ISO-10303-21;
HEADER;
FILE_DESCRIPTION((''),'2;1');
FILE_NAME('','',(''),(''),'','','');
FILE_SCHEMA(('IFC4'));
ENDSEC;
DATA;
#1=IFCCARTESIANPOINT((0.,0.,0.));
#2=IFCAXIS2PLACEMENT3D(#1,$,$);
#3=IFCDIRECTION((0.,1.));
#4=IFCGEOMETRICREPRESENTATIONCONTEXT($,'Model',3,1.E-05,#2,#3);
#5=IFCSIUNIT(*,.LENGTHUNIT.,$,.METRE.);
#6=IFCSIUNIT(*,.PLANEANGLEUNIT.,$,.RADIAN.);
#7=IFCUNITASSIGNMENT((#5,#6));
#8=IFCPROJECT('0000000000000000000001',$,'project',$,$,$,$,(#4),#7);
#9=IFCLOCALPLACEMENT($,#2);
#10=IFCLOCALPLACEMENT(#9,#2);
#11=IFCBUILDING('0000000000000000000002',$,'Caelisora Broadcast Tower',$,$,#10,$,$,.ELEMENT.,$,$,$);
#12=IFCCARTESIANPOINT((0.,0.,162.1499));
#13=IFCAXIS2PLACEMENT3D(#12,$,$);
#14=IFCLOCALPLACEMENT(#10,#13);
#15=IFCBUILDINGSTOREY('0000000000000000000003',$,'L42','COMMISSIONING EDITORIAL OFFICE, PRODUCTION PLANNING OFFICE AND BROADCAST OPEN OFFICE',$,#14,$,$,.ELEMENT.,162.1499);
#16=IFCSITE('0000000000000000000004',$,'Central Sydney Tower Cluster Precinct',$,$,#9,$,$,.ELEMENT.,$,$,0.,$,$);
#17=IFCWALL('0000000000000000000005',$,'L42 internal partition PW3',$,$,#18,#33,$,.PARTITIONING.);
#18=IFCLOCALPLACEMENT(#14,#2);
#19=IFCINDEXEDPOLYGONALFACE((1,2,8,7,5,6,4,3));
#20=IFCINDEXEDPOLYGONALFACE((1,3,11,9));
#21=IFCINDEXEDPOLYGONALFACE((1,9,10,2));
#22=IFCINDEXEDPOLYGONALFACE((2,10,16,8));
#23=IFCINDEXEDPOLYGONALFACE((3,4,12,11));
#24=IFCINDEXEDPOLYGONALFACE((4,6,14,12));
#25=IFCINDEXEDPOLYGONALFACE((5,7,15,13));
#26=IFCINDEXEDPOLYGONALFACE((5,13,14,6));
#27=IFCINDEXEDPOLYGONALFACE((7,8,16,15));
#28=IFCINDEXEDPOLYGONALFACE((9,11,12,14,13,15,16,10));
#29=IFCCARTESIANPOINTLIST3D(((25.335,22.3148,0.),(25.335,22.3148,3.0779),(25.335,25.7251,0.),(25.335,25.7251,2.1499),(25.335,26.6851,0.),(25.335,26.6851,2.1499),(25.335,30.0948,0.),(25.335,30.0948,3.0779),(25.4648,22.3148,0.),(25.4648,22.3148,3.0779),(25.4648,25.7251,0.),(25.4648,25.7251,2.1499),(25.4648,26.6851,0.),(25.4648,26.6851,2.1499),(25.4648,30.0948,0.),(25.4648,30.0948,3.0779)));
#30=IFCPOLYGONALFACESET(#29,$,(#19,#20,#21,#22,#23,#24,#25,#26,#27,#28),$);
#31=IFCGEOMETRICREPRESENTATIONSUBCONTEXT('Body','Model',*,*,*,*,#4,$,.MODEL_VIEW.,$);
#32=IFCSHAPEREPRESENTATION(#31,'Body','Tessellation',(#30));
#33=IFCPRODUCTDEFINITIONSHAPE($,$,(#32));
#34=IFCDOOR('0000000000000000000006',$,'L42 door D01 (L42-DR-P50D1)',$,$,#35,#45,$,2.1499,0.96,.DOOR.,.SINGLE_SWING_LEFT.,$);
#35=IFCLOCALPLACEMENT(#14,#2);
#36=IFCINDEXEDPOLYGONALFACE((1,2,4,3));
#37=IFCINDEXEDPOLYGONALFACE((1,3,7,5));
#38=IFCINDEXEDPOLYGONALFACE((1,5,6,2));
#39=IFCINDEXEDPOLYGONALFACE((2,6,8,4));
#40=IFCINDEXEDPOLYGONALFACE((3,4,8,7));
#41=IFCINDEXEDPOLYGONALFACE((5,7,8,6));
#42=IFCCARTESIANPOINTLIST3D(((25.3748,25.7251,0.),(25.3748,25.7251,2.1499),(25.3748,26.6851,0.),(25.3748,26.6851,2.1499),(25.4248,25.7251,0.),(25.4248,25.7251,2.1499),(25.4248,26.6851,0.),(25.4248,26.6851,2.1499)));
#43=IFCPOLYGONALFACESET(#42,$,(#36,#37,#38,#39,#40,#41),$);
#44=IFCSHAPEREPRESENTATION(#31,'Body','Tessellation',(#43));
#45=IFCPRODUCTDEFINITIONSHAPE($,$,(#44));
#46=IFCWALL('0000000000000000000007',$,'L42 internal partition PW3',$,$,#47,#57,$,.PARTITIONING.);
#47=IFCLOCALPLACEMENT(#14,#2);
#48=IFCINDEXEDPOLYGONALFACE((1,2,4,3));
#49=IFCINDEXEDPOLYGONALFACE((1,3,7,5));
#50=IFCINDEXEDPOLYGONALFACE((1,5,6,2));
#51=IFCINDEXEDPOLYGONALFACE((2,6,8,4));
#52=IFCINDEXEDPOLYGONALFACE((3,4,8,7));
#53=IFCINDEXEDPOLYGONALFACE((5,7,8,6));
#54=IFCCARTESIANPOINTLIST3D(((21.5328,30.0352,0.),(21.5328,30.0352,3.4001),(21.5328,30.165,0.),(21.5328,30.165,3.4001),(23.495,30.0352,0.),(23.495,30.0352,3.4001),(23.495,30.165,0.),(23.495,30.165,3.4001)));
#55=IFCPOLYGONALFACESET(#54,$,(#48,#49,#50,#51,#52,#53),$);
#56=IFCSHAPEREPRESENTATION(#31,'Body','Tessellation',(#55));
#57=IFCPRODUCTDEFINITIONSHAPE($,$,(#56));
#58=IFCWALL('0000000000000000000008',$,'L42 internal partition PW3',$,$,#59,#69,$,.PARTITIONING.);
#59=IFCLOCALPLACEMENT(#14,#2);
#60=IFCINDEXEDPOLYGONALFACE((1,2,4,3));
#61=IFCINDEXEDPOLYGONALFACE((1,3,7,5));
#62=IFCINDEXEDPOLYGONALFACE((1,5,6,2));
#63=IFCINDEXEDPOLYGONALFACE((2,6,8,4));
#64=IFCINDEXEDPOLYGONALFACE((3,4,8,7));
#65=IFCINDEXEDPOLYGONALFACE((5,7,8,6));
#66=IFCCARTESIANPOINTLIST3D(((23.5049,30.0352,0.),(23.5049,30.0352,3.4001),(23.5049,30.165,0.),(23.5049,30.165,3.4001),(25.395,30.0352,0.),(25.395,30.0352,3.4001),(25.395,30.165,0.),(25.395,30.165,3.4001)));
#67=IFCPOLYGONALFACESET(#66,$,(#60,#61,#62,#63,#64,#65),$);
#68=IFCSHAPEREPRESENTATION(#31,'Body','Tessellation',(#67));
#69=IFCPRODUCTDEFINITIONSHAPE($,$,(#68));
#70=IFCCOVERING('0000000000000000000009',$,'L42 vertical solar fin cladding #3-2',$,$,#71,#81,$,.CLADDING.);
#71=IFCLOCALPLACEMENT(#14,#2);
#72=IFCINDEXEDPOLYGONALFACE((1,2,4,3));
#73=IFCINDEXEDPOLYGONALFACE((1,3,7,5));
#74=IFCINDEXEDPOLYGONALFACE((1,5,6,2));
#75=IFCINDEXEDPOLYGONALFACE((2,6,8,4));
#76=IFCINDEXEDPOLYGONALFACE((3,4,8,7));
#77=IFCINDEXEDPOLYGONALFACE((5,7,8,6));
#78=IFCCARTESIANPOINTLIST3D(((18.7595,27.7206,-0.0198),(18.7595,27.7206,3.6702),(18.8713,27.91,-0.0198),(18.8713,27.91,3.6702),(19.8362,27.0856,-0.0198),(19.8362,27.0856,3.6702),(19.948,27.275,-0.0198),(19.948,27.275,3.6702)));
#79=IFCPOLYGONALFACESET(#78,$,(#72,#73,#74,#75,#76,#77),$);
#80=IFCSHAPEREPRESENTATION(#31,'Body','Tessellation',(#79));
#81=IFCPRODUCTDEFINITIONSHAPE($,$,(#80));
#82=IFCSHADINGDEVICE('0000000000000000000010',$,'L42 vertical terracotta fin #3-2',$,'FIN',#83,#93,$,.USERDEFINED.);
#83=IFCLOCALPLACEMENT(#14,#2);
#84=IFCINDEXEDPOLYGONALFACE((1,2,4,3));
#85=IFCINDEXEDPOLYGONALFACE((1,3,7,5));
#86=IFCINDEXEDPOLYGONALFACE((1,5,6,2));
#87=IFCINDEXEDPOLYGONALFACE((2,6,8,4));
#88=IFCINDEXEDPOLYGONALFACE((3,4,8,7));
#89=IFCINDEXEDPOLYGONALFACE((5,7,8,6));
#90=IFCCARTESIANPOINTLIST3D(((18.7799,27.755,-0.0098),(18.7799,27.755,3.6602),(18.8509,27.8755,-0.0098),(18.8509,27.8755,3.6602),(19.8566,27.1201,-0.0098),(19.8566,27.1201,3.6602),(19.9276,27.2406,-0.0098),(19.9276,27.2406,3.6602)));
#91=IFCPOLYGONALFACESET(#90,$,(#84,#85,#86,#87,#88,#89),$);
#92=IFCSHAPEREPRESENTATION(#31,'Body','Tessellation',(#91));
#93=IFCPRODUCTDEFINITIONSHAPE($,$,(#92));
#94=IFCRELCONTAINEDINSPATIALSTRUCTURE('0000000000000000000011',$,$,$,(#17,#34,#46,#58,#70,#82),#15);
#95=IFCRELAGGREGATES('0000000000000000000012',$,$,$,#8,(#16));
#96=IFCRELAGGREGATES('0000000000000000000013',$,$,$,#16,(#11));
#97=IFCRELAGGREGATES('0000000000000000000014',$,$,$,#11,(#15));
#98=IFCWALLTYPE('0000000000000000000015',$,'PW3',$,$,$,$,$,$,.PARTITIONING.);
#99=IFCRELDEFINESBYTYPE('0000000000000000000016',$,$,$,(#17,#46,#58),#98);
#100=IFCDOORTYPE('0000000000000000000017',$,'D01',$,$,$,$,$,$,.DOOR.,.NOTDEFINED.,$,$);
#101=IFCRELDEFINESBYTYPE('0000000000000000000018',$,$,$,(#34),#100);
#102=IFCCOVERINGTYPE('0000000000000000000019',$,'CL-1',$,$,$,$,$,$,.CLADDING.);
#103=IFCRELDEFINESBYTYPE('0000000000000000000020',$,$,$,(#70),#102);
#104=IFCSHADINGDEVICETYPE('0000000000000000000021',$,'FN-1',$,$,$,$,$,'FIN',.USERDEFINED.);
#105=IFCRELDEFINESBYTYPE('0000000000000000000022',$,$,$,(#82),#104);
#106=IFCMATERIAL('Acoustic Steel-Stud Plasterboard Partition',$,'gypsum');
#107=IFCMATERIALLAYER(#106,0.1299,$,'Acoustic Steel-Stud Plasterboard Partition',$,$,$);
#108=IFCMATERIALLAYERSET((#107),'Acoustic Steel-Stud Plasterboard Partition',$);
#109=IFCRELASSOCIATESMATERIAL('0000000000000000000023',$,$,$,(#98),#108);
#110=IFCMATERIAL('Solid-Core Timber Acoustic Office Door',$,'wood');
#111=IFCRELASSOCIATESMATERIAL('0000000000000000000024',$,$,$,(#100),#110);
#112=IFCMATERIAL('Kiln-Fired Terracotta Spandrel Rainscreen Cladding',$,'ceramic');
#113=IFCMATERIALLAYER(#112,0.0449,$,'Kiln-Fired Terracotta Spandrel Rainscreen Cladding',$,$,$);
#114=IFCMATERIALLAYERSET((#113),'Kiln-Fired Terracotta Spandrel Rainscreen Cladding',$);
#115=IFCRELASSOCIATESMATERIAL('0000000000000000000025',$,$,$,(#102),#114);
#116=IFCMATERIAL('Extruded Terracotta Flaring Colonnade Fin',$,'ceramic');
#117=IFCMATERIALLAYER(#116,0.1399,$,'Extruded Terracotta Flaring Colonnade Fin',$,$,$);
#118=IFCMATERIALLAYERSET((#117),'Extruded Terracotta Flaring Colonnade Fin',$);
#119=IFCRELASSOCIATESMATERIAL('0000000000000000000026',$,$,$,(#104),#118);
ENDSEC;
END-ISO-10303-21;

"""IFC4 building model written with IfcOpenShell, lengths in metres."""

from ifc_helpers import new_model, si_unit, direction, frame, frame_2d, origin, origin_2d, place, context, subcontext, project, spatial, rectangle, extrude, source, transform, mapped, material, layer, layer_set, type_object, type_shapes, element, fill, save


model = new_model("IFC4")

# Units and contexts
model_context = context("Model", 3, precision=1e-05, world=origin(), true_north=direction((0.0, 1.0)))
body_context = subcontext(model_context, "Body", "Model", "MODEL_VIEW")
ifc_project = project(units=[si_unit("LENGTHUNIT", "METRE"), si_unit("PLANEANGLEUNIT", "RADIAN")], contexts=[model_context])

# Site, building, storey
site_placement = place(None, origin())
site = spatial("IfcSite", under=ifc_project, at=site_placement, Name="Central Sydney Tower Cluster Precinct", CompositionType="ELEMENT", RefElevation=0.0)
building_placement = place(site_placement, origin())
building = spatial("IfcBuilding", under=site, at=building_placement, Name="Caelisora Broadcast Tower", CompositionType="ELEMENT")
storey_placement = place(building_placement, frame((0.0, 0.0, 162.1499)))
storey = spatial("IfcBuildingStorey", under=building, at=storey_placement, Name="L42", Description="COMMISSIONING EDITORIAL OFFICE, PRODUCTION PLANNING OFFICE AND BROADCAST OPEN OFFICE", CompositionType="ELEMENT", Elevation=162.1499)

# Wall, opening, door
ifc_material_1 = material(Name="Acoustic Steel-Stud Plasterboard Partition", Category="gypsum")
ifc_layer_1 = layer(ifc_material_1, 0.1299, Name="Acoustic Steel-Stud Plasterboard Partition")
ifc_layer_set_1 = layer_set([ifc_layer_1], Name="Acoustic Steel-Stud Plasterboard Partition")
wall_type_1 = type_object("IfcWallType", Name="PW3", PredefinedType="PARTITIONING", material=ifc_layer_set_1)
ifc_material_2 = material(Name="Solid-Core Timber Acoustic Office Door", Category="wood")
door_type_1 = type_object("IfcDoorType", Name="D01", OperationType="NOTDEFINED", PredefinedType="DOOR", material=ifc_material_2)
wall_1_placement = place(storey_placement, frame((25.3999, 30.095, 0.0), z_axis=(0.0, 0.0, 1.0), x_axis=(0.0, -1.0, 0.0)))
wall_1 = element("IfcWall", 1, at=wall_1_placement, inside=storey, type_object=wall_type_1, Name="L42 internal partition PW3", PredefinedType="PARTITIONING", context=body_context, shape_type="SweptSolid", body=[
    extrude(rectangle(XDim=7.78, YDim=0.1299, at=frame_2d((3.8901, 0.0))), origin(), (0.0, 0.0, 1.0), 3.0779),
])
opening_1_placement = place(wall_1_placement, frame((3.4099, 0.0, 0.0)))
opening_1 = element("IfcOpeningElement", 2, at=opening_1_placement, cuts=wall_1, PredefinedType="OPENING", context=body_context, shape_type="SweptSolid", body=[
    extrude(rectangle(XDim=0.96, YDim=2.1499, at=frame_2d((0.48, 1.075))), frame((0.0, 0.0769, 0.0), z_axis=(0.0, -1.0, 0.0), x_axis=(1.0, 0.0, 0.0)), (0.0, 0.0, 1.0), 0.1538),
])
door_1_placement = place(opening_1_placement, origin())
door_1 = element("IfcDoor", 3, at=door_1_placement, inside=storey, type_object=door_type_1, Name="L42 door D01 (L42-DR-P50D1)", OperationType="SINGLE_SWING_LEFT", OverallHeight=2.1499, OverallWidth=0.96, PredefinedType="DOOR", context=body_context, shape_type="SweptSolid", body=[
    extrude(rectangle(XDim=0.96, YDim=2.1499, at=frame_2d((0.48, 1.075))), frame((0.0, 0.0249, 0.0), z_axis=(0.0, -1.0, 0.0), x_axis=(1.0, 0.0, 0.0)), (0.0, 0.0, 1.0), 0.05),
])
fill(opening_1, door_1)

# Walls
wall_2_placement = place(storey_placement, frame((21.533, 30.1001, 0.0), z_axis=(0.0, 0.0, 1.0), x_axis=(1.0, 0.0, 0.0)))
element("IfcWall", 4, at=wall_2_placement, inside=storey, type_object=wall_type_1, Name="L42 internal partition PW3", PredefinedType="PARTITIONING", context=body_context, shape_type="SweptSolid", body=[
    extrude(rectangle(XDim=1.9622, YDim=0.1299, at=frame_2d((0.981, 0.0))), origin(), (0.0, 0.0, 1.0), 3.4001),
])
wall_3_placement = place(storey_placement, frame((23.5049, 30.1001, 0.0), z_axis=(0.0, 0.0, 1.0), x_axis=(1.0, 0.0, 0.0)))
element("IfcWall", 5, at=wall_3_placement, inside=storey, type_object=wall_type_1, Name="L42 internal partition PW3", PredefinedType="PARTITIONING", context=body_context, shape_type="SweptSolid", body=[
    extrude(rectangle(XDim=1.8901, YDim=0.1299, at=frame_2d((0.9451, 0.0))), origin(), (0.0, 0.0, 1.0), 3.4001),
])

# Covering
ifc_material_3 = material(Name="Kiln-Fired Terracotta Spandrel Rainscreen Cladding", Category="ceramic")
ifc_layer_2 = layer(ifc_material_3, 0.0449, Name="Kiln-Fired Terracotta Spandrel Rainscreen Cladding")
ifc_layer_set_2 = layer_set([ifc_layer_2], Name="Kiln-Fired Terracotta Spandrel Rainscreen Cladding")
covering_type = type_object("IfcCoveringType", Name="CL-1", PredefinedType="CLADDING", material=ifc_layer_set_2)
shared_shape_1 = source(origin(), body_context, "Body", "SweptSolid", [
    extrude(rectangle(XDim=0.22, YDim=1.25, at=origin_2d()), origin(), (0.0, 0.0, 1.0), 3.6899),
])
type_shapes(covering_type, [shared_shape_1])
covering_placement = place(storey_placement, frame((19.3538, 27.4978, -0.0198), z_axis=(0.0, 0.0, 1.0), x_axis=(0.507989, 0.861363, 0.0)))
element("IfcCovering", 6, at=covering_placement, inside=storey, type_object=covering_type, Name="L42 vertical solar fin cladding #3-2", PredefinedType="CLADDING", context=body_context, shape_type="MappedRepresentation", body=[
    mapped(shared_shape_1, transform((0.0, 0.0, 0.0), scale=1.0)),
])

# Shading device
ifc_material_4 = material(Name="Extruded Terracotta Flaring Colonnade Fin", Category="ceramic")
ifc_layer_3 = layer(ifc_material_4, 0.1399, Name="Extruded Terracotta Flaring Colonnade Fin")
ifc_layer_set_3 = layer_set([ifc_layer_3], Name="Extruded Terracotta Flaring Colonnade Fin")
shading_device_type = type_object("IfcShadingDeviceType", Name="FN-1", ElementType="FIN", PredefinedType="USERDEFINED", material=ifc_layer_set_3)
shared_shape_2 = source(origin(), body_context, "Body", "SweptSolid", [
    extrude(rectangle(XDim=0.1399, YDim=1.25, at=origin_2d()), origin(), (0.0, 0.0, 1.0), 3.6699),
])
type_shapes(shading_device_type, [shared_shape_2])
shading_device_placement = place(storey_placement, frame((19.3538, 27.4978, -0.0098), z_axis=(0.0, 0.0, 1.0), x_axis=(0.507989, 0.861363, 0.0)))
element("IfcShadingDevice", 7, at=shading_device_placement, inside=storey, type_object=shading_device_type, Name="L42 vertical terracotta fin #3-2", ObjectType="FIN", PredefinedType="USERDEFINED", context=body_context, shape_type="MappedRepresentation", body=[
    mapped(shared_shape_2, transform((0.0, 0.0, 0.0), scale=1.0)),
])

save(model, "model.ifc")
